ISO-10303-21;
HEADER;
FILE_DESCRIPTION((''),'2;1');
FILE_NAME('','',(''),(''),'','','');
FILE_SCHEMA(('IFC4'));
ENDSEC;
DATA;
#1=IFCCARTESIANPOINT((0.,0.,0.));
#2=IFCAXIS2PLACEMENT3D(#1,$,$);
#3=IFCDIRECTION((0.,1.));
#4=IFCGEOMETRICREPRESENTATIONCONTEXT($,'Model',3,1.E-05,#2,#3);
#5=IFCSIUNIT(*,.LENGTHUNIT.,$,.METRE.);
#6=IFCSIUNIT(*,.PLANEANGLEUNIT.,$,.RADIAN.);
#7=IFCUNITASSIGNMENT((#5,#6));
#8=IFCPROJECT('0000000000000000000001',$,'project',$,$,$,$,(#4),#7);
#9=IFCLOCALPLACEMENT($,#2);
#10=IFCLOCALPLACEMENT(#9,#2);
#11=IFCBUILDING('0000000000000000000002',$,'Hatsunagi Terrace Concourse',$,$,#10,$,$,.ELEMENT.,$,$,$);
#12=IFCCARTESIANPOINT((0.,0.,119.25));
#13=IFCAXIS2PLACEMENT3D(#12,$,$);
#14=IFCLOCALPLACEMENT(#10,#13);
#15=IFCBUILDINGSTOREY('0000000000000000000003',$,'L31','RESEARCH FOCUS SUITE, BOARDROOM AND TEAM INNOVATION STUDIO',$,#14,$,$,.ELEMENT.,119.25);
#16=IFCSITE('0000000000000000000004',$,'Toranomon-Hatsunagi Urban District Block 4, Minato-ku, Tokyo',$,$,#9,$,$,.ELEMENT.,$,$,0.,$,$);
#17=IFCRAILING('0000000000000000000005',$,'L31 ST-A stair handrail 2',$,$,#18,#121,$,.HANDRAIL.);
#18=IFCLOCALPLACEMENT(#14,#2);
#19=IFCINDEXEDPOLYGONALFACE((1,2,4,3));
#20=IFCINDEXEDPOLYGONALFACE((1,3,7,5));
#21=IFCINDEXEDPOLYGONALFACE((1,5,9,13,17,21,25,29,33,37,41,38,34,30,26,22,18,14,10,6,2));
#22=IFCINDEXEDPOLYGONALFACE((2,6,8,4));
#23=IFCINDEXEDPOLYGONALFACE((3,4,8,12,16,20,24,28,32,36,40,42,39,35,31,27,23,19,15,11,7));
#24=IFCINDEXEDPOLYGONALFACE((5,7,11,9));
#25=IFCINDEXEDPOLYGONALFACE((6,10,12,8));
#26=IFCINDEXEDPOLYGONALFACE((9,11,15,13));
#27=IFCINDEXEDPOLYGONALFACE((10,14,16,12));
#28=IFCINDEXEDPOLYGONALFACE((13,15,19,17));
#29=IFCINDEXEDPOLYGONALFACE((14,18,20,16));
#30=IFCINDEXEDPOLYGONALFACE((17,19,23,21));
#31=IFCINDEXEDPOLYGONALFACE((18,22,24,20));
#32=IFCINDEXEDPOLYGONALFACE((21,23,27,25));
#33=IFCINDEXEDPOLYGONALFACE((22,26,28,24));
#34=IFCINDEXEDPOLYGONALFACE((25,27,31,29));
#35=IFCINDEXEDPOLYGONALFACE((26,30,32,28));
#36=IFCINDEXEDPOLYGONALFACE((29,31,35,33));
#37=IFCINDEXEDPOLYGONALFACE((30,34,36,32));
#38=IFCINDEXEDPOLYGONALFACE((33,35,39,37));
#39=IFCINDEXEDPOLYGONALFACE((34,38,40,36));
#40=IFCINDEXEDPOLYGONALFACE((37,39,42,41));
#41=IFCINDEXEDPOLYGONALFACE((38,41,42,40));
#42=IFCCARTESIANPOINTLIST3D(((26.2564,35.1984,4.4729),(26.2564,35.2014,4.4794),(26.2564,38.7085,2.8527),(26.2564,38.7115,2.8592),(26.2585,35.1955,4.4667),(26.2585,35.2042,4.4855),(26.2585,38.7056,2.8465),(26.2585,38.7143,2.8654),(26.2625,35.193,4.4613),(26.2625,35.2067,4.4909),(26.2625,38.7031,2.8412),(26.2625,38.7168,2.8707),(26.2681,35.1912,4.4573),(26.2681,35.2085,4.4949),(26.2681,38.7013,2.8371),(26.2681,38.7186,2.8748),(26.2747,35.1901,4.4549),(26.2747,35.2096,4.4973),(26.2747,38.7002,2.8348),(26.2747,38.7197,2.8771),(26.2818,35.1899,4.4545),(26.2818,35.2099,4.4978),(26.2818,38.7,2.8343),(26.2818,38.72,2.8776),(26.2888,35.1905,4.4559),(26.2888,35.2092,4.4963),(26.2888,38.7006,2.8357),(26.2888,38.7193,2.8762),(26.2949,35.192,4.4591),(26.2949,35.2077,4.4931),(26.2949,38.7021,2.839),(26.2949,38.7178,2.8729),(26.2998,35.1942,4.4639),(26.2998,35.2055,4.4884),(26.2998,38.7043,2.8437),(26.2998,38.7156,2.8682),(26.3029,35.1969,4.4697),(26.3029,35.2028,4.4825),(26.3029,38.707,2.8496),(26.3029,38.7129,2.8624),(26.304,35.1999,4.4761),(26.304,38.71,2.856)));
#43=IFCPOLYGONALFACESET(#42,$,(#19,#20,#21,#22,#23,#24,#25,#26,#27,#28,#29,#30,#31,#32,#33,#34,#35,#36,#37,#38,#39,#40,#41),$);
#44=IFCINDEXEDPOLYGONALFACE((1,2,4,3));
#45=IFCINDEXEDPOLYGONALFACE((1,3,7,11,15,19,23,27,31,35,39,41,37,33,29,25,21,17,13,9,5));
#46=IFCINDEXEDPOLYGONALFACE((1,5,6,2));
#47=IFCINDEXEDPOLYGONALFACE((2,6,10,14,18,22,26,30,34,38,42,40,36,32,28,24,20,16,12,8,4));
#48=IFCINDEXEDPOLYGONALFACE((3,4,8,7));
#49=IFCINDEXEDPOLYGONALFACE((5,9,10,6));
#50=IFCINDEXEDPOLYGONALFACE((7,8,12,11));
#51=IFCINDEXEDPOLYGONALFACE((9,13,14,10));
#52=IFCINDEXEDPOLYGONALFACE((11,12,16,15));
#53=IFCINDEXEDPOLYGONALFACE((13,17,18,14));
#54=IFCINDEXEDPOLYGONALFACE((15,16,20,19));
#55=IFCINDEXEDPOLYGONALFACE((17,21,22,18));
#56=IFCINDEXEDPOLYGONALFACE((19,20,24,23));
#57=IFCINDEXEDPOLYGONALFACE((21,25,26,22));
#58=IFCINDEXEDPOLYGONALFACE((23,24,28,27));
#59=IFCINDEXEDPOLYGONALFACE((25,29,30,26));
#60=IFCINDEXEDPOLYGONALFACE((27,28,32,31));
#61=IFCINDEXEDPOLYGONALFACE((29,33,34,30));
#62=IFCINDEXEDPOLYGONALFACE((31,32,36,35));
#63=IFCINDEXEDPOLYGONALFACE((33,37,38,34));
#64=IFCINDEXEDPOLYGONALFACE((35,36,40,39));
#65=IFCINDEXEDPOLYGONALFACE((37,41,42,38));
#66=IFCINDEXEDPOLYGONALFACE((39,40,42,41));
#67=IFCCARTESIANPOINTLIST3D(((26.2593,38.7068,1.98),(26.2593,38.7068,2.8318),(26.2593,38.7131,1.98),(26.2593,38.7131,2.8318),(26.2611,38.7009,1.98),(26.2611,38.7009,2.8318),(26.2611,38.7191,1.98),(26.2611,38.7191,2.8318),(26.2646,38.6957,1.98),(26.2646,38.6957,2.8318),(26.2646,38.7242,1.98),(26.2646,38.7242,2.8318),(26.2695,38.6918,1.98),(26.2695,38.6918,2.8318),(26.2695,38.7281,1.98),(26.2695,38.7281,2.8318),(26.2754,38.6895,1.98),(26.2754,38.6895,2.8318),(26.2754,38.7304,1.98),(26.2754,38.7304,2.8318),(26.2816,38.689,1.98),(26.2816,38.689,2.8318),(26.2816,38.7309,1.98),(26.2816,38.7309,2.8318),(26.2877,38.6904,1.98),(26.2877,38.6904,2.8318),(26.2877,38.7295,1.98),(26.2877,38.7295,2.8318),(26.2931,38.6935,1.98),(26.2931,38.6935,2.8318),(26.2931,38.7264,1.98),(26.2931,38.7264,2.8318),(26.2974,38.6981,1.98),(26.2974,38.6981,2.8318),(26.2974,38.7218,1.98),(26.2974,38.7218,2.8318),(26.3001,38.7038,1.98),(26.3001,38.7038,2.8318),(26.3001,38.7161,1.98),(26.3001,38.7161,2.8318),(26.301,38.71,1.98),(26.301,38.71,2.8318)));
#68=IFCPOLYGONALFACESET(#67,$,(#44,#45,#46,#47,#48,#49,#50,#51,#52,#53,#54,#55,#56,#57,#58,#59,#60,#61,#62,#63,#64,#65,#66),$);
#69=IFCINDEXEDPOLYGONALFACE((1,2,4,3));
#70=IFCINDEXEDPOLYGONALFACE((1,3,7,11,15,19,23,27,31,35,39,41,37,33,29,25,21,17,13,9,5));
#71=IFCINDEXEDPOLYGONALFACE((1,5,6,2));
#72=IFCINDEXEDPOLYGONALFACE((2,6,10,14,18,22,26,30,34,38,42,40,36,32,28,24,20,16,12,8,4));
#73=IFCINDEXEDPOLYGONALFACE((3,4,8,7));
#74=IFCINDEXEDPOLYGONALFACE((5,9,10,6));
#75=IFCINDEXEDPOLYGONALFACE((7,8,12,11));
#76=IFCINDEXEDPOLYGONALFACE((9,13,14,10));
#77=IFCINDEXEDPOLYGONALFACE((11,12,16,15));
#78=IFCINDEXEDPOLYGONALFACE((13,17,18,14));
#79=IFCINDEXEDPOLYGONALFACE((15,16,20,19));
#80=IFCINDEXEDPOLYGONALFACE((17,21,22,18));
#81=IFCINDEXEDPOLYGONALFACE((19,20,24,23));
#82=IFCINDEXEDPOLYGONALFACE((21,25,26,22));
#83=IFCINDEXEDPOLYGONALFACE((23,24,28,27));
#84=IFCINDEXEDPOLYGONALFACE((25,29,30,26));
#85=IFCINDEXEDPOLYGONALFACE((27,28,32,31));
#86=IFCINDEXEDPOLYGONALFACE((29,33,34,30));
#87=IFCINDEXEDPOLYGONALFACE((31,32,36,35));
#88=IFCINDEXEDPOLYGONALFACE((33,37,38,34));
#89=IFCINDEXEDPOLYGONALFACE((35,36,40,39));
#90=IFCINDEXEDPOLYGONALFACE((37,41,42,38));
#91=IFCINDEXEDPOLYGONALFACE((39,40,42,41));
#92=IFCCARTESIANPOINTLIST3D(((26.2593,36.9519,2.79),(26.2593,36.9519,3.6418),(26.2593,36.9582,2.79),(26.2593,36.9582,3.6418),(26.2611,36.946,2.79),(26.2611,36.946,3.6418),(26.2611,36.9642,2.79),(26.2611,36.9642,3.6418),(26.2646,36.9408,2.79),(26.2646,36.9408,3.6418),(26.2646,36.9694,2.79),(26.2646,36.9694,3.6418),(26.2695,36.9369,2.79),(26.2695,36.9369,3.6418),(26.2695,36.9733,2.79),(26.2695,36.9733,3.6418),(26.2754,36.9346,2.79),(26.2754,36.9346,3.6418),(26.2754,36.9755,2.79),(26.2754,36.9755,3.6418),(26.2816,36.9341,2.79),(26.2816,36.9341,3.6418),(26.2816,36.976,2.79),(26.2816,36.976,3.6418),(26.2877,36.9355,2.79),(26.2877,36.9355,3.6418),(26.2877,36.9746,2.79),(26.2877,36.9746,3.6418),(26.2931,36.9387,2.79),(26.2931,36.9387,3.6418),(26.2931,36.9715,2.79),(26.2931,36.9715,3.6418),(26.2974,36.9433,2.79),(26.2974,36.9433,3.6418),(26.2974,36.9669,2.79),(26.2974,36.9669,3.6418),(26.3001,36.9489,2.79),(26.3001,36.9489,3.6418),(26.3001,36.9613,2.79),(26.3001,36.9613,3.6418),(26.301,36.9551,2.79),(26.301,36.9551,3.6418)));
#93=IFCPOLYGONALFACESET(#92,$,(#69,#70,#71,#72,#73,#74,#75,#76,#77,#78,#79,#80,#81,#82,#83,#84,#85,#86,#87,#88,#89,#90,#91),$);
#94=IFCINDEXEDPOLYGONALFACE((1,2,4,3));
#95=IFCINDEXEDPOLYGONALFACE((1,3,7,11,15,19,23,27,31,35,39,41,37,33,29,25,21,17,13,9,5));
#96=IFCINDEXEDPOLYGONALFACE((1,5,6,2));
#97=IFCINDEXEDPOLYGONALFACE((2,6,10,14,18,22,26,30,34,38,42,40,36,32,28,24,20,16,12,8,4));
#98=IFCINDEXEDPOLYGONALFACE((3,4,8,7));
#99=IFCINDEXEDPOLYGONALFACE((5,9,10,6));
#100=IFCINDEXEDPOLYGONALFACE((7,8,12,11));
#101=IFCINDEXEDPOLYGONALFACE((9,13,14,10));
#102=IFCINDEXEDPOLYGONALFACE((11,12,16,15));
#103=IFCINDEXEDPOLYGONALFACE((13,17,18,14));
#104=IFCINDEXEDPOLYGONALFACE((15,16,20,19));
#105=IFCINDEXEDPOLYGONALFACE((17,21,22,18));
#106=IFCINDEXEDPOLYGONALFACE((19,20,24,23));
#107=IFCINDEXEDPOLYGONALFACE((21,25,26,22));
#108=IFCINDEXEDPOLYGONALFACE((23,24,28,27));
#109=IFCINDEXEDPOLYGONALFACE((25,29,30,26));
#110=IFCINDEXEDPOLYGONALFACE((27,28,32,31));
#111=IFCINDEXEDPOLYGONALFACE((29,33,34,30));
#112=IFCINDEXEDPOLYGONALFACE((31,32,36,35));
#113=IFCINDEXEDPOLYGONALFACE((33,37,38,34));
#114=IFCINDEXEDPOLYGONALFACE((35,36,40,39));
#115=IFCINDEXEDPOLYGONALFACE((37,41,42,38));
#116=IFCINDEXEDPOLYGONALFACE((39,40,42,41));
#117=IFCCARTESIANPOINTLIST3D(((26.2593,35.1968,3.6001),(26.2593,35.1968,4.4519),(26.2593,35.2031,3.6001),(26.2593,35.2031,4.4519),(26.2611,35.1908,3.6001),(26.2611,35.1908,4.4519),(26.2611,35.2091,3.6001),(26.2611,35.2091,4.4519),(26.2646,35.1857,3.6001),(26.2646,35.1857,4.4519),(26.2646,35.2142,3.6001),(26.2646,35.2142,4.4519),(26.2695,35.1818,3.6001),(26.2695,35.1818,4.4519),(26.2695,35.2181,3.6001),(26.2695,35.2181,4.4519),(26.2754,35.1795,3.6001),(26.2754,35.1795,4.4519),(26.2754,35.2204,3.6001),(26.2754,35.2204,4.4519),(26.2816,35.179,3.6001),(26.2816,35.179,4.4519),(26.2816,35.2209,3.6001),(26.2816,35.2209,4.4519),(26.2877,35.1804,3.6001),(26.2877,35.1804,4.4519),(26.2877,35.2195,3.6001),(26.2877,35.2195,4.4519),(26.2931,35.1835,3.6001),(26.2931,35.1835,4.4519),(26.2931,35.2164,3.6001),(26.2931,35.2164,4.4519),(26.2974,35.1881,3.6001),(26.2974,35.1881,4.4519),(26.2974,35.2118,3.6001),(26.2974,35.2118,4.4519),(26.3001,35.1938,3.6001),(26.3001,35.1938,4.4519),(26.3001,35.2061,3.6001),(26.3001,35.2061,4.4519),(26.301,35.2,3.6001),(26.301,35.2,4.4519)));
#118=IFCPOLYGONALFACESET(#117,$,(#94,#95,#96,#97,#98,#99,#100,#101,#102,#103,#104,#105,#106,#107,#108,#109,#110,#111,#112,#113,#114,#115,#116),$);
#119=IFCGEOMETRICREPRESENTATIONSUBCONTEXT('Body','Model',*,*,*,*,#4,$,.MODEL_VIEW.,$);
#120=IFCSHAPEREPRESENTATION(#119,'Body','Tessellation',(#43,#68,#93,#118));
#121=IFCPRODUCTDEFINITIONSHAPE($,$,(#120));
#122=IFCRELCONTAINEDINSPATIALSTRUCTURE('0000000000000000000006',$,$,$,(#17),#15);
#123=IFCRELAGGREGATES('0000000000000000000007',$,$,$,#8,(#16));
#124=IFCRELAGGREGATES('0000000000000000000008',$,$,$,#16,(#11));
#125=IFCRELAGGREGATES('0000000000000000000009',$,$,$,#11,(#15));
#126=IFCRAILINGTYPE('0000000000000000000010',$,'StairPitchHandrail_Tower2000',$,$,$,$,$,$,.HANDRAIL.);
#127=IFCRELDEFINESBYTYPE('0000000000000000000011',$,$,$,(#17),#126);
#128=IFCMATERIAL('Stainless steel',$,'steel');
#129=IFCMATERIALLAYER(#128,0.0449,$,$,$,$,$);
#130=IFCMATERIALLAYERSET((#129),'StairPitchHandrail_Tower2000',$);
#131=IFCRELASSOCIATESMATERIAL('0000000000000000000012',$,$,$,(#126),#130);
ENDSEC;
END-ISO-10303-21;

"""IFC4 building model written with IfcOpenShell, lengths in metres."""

from ifc_helpers import new_model, si_unit, direction, frame, origin, origin_2d, place, context, subcontext, project, spatial, circle, extrude, material, layer, layer_set, type_object, element, save


model = new_model("IFC4")

# Units and contexts
model_context = context("Model", 3, precision=1e-05, world=origin(), true_north=direction((0.0, 1.0)))
body_context = subcontext(model_context, "Body", "Model", "MODEL_VIEW")
ifc_project = project(units=[si_unit("LENGTHUNIT", "METRE"), si_unit("PLANEANGLEUNIT", "RADIAN")], contexts=[model_context])

# Site, building, storey
site_placement = place(None, origin())
site = spatial("IfcSite", under=ifc_project, at=site_placement, Name="Toranomon-Hatsunagi Urban District Block 4, Minato-ku, Tokyo", CompositionType="ELEMENT", RefElevation=0.0)
building_placement = place(site_placement, origin())
building = spatial("IfcBuilding", under=site, at=building_placement, Name="Hatsunagi Terrace Concourse", CompositionType="ELEMENT")
storey_placement = place(building_placement, frame((0.0, 0.0, 119.25)))
storey = spatial("IfcBuildingStorey", under=building, at=storey_placement, Name="L31", Description="RESEARCH FOCUS SUITE, BOARDROOM AND TEAM INNOVATION STUDIO", CompositionType="ELEMENT", Elevation=119.25)

# Railing
ifc_material_1 = material(Name="Stainless steel", Category="steel")
ifc_layer_1 = layer(ifc_material_1, 0.0449)
ifc_layer_set_1 = layer_set([ifc_layer_1], Name="StairPitchHandrail_Tower2000")
railing_type_1 = type_object("IfcRailingType", Name="StairPitchHandrail_Tower2000", PredefinedType="HANDRAIL", material=ifc_layer_set_1)
railing_1_placement = place(storey_placement, frame((26.28, 38.71, 1.98)))
element("IfcRailing", 1, at=railing_1_placement, inside=storey, type_object=railing_type_1, Name="L31 ST-A stair handrail 2", PredefinedType="HANDRAIL", context=body_context, shape_type="SweptSolid", body=[
    extrude(circle(Radius=0.0239, at=origin_2d()), frame((0.0, 0.0, 0.876), z_axis=(0.0, -0.907948, 0.419082), x_axis=(1.0, 0.0, 0.0)), (0.0, 0.0, 1.0), 3.866),
    extrude(circle(Radius=0.021, at=origin_2d()), origin(), (0.0, 0.0, 1.0), 0.8518),
    extrude(circle(Radius=0.021, at=origin_2d()), frame((0.0, -1.7549, 0.8101)), (0.0, 0.0, 1.0), 0.8518),
    extrude(circle(Radius=0.021, at=origin_2d()), frame((0.0, -3.51, 1.6201)), (0.0, 0.0, 1.0), 0.8518),
])

save(model, "model.ifc")
